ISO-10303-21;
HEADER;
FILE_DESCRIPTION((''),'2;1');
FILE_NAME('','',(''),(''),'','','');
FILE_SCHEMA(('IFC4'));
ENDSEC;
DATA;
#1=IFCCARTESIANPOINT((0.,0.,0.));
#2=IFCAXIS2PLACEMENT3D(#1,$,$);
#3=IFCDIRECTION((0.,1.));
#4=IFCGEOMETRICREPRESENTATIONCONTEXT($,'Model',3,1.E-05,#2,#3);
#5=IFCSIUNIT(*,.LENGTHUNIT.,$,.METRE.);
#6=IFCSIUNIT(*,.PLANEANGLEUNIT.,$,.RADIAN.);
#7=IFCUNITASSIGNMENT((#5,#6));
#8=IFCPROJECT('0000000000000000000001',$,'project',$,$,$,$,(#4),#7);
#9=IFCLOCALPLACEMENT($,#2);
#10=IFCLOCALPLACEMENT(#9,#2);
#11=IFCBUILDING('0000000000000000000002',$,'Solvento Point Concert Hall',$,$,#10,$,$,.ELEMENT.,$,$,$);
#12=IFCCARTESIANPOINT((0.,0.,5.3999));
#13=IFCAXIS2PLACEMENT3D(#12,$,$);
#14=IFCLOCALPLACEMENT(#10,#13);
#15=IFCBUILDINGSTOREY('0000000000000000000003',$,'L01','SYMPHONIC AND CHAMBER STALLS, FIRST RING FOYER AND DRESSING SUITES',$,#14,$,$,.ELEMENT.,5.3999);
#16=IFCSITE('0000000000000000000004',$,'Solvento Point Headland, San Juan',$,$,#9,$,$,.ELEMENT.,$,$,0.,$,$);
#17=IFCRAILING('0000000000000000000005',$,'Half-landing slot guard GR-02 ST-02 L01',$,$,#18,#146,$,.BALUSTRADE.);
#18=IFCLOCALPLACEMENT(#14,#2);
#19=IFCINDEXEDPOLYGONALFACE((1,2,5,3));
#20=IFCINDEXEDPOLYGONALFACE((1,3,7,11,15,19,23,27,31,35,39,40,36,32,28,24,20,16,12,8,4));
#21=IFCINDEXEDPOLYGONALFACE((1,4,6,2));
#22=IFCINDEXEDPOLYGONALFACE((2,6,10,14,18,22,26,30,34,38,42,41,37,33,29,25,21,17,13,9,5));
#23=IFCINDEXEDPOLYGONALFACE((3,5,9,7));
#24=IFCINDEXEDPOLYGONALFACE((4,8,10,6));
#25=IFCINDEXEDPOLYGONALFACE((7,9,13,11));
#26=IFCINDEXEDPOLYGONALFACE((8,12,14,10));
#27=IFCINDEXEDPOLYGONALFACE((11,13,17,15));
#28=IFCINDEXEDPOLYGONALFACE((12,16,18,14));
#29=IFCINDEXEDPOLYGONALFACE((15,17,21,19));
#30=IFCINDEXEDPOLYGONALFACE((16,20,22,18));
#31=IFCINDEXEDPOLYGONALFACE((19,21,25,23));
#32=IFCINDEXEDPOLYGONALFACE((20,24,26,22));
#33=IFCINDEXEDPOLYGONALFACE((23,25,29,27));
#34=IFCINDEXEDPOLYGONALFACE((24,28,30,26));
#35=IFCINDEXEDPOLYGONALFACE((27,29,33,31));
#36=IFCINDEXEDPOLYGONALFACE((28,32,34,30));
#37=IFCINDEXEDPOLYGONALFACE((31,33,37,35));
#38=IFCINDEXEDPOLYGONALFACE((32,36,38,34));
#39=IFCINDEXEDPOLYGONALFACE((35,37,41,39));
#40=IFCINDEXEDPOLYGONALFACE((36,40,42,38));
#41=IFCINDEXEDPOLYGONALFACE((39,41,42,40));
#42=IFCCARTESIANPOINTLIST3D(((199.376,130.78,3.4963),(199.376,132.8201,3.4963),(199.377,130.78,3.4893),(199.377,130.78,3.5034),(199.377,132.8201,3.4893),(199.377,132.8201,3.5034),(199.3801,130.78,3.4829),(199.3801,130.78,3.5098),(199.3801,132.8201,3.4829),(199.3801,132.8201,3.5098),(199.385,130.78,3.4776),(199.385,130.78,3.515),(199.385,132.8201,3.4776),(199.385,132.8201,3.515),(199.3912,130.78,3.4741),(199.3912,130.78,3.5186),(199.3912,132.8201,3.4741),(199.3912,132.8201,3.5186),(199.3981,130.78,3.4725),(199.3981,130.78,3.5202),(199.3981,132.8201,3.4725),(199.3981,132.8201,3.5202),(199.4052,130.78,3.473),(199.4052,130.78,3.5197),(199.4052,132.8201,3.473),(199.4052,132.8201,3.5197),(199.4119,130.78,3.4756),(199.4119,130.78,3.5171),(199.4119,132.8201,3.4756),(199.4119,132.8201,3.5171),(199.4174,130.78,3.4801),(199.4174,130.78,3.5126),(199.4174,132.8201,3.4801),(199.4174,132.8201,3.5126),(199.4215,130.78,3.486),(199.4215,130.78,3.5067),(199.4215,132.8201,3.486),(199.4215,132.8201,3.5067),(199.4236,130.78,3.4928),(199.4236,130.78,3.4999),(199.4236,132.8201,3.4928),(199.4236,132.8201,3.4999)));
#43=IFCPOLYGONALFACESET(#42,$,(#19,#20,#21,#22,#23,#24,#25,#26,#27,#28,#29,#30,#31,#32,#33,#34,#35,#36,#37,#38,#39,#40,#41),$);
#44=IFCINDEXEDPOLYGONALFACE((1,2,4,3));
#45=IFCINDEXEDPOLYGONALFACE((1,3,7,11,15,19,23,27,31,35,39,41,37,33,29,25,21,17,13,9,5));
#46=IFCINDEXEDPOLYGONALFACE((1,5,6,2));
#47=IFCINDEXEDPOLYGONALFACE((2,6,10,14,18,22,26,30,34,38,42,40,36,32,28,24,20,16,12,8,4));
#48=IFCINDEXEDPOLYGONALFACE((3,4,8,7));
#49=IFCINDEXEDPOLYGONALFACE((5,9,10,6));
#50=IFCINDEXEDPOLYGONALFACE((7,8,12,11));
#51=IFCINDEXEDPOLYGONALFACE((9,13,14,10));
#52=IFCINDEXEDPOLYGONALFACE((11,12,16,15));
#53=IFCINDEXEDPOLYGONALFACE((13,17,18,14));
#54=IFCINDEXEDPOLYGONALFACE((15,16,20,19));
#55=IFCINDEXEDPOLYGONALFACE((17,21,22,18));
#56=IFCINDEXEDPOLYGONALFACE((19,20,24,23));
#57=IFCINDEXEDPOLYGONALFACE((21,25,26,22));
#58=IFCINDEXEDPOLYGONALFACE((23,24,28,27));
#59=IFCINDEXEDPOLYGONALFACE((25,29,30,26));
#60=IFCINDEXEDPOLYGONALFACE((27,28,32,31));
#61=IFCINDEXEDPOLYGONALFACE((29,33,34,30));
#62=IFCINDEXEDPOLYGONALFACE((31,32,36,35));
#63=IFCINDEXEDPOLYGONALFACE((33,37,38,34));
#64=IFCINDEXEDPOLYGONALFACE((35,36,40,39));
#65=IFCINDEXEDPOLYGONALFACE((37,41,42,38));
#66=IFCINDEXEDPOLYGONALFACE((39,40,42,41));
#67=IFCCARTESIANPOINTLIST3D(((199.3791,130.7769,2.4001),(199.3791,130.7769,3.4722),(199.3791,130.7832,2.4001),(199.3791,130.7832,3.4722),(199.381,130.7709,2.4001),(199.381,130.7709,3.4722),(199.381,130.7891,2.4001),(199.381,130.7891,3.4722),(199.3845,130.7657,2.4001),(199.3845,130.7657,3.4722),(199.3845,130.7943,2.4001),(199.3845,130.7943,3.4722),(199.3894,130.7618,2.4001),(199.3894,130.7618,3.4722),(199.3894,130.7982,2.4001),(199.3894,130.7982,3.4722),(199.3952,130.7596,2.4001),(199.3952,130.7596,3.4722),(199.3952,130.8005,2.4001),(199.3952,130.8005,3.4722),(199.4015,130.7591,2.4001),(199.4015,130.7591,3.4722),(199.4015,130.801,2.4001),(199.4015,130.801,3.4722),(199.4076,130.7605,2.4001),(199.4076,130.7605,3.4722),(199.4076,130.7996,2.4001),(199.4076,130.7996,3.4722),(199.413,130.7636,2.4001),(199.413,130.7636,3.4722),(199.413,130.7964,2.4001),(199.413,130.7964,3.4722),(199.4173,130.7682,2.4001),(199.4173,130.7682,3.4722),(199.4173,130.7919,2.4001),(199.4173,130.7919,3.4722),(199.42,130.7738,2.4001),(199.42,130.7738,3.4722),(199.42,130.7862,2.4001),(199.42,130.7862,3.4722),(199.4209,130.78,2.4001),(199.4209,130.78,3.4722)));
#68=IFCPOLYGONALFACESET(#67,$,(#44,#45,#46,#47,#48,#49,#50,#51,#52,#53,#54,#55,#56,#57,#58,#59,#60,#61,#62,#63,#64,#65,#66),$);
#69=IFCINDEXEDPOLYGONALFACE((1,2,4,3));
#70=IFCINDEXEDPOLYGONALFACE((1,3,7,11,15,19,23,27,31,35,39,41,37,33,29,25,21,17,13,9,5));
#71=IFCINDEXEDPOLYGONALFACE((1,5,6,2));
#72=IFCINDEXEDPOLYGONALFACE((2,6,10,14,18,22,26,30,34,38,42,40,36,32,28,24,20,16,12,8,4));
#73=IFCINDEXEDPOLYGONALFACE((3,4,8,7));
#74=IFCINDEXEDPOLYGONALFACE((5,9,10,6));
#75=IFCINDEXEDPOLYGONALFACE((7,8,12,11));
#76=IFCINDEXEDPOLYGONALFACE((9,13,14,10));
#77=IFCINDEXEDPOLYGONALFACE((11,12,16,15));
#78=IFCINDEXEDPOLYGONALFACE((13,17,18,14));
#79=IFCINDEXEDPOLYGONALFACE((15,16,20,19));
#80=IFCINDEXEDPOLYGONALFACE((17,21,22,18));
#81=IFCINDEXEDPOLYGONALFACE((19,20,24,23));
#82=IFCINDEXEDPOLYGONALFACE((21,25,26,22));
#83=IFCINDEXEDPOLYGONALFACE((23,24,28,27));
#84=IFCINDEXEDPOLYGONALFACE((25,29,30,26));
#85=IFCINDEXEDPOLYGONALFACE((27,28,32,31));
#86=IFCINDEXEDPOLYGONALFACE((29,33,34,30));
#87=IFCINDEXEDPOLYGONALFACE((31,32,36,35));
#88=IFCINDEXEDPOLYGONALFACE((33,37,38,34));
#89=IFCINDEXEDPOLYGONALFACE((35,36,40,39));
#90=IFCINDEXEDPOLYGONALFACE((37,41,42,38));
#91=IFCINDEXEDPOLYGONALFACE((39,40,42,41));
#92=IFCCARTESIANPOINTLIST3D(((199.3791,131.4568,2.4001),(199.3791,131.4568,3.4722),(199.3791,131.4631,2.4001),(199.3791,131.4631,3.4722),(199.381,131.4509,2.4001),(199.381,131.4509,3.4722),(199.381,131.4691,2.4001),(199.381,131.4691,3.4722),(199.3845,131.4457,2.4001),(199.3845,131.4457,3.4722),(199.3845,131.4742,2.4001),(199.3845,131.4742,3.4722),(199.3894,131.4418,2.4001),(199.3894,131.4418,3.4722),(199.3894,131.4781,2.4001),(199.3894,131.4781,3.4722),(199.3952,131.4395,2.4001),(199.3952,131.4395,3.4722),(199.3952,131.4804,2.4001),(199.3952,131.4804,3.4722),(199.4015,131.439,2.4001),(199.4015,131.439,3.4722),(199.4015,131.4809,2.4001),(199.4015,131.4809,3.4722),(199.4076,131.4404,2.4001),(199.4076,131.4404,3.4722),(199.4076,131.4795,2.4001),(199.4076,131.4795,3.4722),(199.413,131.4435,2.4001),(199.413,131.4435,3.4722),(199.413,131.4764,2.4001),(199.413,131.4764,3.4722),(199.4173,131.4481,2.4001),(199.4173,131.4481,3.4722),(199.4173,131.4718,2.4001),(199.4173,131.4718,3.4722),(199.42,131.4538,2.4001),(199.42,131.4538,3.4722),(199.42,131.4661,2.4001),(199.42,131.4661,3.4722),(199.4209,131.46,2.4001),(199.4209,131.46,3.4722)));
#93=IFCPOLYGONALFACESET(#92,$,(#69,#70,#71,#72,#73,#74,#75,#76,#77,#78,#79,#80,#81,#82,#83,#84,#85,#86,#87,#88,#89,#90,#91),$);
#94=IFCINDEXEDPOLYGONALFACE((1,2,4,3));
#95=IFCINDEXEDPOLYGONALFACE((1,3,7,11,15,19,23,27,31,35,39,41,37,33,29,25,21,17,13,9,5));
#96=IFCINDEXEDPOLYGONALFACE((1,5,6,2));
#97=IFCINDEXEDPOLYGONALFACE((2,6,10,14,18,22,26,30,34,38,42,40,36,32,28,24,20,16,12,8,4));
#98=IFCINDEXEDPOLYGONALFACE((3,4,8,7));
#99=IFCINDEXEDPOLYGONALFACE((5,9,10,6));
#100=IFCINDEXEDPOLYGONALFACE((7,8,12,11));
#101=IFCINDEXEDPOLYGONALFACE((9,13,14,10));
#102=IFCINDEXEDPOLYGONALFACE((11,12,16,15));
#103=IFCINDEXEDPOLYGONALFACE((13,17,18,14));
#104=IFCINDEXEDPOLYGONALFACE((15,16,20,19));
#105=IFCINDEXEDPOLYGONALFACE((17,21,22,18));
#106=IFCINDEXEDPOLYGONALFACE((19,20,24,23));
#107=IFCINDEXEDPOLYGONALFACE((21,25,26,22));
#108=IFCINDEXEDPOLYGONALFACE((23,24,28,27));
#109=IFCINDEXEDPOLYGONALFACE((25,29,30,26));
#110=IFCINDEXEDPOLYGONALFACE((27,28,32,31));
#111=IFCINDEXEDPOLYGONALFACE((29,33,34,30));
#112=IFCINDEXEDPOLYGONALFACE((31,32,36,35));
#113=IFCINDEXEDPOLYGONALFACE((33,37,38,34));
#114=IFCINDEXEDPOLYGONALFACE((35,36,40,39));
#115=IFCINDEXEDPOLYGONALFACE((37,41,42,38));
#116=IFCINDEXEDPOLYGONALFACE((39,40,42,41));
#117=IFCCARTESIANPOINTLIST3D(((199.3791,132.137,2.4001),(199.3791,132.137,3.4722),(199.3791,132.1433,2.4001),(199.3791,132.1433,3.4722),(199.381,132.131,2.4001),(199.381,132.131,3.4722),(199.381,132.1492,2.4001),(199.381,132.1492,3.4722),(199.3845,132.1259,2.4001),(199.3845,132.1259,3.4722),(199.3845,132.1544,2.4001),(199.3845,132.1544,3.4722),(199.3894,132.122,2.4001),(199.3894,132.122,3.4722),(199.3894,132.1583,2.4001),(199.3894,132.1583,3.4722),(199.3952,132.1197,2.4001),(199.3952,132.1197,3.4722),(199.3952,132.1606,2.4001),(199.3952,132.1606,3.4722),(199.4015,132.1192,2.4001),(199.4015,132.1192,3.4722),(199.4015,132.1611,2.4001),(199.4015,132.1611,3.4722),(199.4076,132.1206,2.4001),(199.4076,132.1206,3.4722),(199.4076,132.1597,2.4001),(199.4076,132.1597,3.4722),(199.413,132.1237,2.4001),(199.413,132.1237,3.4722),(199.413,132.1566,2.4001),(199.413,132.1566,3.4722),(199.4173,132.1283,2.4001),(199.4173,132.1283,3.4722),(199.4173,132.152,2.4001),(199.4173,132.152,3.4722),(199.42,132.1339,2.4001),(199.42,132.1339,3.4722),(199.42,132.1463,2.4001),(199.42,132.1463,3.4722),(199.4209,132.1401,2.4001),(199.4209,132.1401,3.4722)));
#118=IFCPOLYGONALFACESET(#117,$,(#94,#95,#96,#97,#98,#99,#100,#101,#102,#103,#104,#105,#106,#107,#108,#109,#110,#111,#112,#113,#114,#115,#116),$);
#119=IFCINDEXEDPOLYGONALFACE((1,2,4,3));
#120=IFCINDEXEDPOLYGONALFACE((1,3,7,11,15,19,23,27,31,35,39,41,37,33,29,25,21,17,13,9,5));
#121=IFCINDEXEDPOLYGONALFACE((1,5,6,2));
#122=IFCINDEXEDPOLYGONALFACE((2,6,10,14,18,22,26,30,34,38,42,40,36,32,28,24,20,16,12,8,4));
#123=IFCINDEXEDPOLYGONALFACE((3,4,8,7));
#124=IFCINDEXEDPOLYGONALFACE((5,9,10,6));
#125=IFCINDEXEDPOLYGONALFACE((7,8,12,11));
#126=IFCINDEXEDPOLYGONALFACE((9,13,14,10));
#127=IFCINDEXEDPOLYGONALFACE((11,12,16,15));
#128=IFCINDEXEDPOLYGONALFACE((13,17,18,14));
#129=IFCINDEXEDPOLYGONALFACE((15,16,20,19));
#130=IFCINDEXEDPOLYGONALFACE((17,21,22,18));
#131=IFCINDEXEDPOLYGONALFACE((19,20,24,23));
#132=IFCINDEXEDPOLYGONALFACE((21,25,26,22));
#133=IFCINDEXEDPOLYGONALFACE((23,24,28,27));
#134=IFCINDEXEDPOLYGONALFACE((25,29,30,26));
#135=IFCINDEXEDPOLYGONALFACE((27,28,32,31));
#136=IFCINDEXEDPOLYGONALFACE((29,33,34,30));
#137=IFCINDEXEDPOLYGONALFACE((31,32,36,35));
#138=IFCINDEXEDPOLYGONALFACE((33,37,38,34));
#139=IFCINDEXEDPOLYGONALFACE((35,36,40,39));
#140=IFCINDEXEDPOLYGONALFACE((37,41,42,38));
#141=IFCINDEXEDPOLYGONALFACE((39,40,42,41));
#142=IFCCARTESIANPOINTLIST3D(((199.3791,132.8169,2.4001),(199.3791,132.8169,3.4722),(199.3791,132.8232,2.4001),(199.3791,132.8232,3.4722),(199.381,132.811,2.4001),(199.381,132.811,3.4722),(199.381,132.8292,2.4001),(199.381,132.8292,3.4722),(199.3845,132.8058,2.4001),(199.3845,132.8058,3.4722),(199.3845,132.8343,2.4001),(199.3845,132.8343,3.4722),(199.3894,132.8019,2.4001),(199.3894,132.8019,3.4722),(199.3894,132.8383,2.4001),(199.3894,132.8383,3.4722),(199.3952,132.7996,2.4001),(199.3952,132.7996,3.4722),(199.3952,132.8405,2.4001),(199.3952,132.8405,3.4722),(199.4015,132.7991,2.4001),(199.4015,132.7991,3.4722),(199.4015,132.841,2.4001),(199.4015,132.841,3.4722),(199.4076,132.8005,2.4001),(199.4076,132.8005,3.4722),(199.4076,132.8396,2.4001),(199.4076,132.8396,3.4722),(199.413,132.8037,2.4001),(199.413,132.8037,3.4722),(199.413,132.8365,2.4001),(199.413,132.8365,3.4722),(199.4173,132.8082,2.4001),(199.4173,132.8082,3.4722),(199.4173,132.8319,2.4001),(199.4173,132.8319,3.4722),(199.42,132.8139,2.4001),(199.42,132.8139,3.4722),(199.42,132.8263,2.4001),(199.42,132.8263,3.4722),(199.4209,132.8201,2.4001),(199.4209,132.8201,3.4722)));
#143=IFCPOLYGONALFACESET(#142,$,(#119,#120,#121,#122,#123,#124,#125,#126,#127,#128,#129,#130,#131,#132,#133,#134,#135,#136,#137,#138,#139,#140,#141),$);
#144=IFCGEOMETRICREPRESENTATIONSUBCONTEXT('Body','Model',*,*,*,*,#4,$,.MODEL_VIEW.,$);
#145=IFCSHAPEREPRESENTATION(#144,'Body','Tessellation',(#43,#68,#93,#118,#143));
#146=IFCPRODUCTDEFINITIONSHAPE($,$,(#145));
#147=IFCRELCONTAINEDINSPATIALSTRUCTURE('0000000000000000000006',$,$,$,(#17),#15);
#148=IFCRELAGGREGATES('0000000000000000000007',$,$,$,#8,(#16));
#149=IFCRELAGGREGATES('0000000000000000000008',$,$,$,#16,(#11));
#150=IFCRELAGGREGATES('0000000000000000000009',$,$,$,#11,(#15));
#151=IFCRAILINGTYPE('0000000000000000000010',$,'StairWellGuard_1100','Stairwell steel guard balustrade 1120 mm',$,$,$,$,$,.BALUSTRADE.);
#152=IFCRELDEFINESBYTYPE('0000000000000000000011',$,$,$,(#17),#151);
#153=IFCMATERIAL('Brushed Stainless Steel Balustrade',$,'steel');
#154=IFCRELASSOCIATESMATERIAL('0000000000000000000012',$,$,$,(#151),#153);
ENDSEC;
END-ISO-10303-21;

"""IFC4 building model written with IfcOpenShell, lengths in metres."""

from ifc_helpers import new_model, si_unit, direction, frame, origin, origin_2d, place, context, subcontext, project, spatial, circle, extrude, material, type_object, element, save


model = new_model("IFC4")

# Units and contexts
model_context = context("Model", 3, precision=1e-05, world=origin(), true_north=direction((0.0, 1.0)))
body_context = subcontext(model_context, "Body", "Model", "MODEL_VIEW")
ifc_project = project(units=[si_unit("LENGTHUNIT", "METRE"), si_unit("PLANEANGLEUNIT", "RADIAN")], contexts=[model_context])

# Site, building, storey
site_placement = place(None, origin())
site = spatial("IfcSite", under=ifc_project, at=site_placement, Name="Solvento Point Headland, San Juan", CompositionType="ELEMENT", RefElevation=0.0)
building_placement = place(site_placement, origin())
building = spatial("IfcBuilding", under=site, at=building_placement, Name="Solvento Point Concert Hall", CompositionType="ELEMENT")
storey_placement = place(building_placement, frame((0.0, 0.0, 5.3999)))
storey = spatial("IfcBuildingStorey", under=building, at=storey_placement, Name="L01", Description="SYMPHONIC AND CHAMBER STALLS, FIRST RING FOYER AND DRESSING SUITES", CompositionType="ELEMENT", Elevation=5.3999)

# Railing
ifc_material_1 = material(Name="Brushed Stainless Steel Balustrade", Category="steel")
railing_type_1 = type_object("IfcRailingType", Name="StairWellGuard_1100", Description="Stairwell steel guard balustrade 1120 mm", PredefinedType="BALUSTRADE", material=ifc_material_1)
railing_1_placement = place(storey_placement, frame((199.3999, 130.78, 2.4001)))
element("IfcRailing", 1, at=railing_1_placement, inside=storey, type_object=railing_type_1, Name="Half-landing slot guard GR-02 ST-02 L01", PredefinedType="BALUSTRADE", context=body_context, shape_type="SweptSolid", body=[
    extrude(circle(Radius=0.0239, at=origin_2d()), frame((0.0, 0.0, 1.0962), z_axis=(0.0, 1.0, 0.0), x_axis=(-1.0, 0.0, 0.0)), (0.0, 0.0, 1.0), 2.04),
    extrude(circle(Radius=0.021, at=origin_2d()), origin(), (0.0, 0.0, 1.0), 1.072),
    extrude(circle(Radius=0.021, at=origin_2d()), frame((0.0, 0.6799, 0.0)), (0.0, 0.0, 1.0), 1.072),
    extrude(circle(Radius=0.021, at=origin_2d()), frame((0.0, 1.3601, 0.0)), (0.0, 0.0, 1.0), 1.072),
    extrude(circle(Radius=0.021, at=origin_2d()), frame((0.0, 2.04, 0.0)), (0.0, 0.0, 1.0), 1.072),
])

save(model, "model.ifc")
